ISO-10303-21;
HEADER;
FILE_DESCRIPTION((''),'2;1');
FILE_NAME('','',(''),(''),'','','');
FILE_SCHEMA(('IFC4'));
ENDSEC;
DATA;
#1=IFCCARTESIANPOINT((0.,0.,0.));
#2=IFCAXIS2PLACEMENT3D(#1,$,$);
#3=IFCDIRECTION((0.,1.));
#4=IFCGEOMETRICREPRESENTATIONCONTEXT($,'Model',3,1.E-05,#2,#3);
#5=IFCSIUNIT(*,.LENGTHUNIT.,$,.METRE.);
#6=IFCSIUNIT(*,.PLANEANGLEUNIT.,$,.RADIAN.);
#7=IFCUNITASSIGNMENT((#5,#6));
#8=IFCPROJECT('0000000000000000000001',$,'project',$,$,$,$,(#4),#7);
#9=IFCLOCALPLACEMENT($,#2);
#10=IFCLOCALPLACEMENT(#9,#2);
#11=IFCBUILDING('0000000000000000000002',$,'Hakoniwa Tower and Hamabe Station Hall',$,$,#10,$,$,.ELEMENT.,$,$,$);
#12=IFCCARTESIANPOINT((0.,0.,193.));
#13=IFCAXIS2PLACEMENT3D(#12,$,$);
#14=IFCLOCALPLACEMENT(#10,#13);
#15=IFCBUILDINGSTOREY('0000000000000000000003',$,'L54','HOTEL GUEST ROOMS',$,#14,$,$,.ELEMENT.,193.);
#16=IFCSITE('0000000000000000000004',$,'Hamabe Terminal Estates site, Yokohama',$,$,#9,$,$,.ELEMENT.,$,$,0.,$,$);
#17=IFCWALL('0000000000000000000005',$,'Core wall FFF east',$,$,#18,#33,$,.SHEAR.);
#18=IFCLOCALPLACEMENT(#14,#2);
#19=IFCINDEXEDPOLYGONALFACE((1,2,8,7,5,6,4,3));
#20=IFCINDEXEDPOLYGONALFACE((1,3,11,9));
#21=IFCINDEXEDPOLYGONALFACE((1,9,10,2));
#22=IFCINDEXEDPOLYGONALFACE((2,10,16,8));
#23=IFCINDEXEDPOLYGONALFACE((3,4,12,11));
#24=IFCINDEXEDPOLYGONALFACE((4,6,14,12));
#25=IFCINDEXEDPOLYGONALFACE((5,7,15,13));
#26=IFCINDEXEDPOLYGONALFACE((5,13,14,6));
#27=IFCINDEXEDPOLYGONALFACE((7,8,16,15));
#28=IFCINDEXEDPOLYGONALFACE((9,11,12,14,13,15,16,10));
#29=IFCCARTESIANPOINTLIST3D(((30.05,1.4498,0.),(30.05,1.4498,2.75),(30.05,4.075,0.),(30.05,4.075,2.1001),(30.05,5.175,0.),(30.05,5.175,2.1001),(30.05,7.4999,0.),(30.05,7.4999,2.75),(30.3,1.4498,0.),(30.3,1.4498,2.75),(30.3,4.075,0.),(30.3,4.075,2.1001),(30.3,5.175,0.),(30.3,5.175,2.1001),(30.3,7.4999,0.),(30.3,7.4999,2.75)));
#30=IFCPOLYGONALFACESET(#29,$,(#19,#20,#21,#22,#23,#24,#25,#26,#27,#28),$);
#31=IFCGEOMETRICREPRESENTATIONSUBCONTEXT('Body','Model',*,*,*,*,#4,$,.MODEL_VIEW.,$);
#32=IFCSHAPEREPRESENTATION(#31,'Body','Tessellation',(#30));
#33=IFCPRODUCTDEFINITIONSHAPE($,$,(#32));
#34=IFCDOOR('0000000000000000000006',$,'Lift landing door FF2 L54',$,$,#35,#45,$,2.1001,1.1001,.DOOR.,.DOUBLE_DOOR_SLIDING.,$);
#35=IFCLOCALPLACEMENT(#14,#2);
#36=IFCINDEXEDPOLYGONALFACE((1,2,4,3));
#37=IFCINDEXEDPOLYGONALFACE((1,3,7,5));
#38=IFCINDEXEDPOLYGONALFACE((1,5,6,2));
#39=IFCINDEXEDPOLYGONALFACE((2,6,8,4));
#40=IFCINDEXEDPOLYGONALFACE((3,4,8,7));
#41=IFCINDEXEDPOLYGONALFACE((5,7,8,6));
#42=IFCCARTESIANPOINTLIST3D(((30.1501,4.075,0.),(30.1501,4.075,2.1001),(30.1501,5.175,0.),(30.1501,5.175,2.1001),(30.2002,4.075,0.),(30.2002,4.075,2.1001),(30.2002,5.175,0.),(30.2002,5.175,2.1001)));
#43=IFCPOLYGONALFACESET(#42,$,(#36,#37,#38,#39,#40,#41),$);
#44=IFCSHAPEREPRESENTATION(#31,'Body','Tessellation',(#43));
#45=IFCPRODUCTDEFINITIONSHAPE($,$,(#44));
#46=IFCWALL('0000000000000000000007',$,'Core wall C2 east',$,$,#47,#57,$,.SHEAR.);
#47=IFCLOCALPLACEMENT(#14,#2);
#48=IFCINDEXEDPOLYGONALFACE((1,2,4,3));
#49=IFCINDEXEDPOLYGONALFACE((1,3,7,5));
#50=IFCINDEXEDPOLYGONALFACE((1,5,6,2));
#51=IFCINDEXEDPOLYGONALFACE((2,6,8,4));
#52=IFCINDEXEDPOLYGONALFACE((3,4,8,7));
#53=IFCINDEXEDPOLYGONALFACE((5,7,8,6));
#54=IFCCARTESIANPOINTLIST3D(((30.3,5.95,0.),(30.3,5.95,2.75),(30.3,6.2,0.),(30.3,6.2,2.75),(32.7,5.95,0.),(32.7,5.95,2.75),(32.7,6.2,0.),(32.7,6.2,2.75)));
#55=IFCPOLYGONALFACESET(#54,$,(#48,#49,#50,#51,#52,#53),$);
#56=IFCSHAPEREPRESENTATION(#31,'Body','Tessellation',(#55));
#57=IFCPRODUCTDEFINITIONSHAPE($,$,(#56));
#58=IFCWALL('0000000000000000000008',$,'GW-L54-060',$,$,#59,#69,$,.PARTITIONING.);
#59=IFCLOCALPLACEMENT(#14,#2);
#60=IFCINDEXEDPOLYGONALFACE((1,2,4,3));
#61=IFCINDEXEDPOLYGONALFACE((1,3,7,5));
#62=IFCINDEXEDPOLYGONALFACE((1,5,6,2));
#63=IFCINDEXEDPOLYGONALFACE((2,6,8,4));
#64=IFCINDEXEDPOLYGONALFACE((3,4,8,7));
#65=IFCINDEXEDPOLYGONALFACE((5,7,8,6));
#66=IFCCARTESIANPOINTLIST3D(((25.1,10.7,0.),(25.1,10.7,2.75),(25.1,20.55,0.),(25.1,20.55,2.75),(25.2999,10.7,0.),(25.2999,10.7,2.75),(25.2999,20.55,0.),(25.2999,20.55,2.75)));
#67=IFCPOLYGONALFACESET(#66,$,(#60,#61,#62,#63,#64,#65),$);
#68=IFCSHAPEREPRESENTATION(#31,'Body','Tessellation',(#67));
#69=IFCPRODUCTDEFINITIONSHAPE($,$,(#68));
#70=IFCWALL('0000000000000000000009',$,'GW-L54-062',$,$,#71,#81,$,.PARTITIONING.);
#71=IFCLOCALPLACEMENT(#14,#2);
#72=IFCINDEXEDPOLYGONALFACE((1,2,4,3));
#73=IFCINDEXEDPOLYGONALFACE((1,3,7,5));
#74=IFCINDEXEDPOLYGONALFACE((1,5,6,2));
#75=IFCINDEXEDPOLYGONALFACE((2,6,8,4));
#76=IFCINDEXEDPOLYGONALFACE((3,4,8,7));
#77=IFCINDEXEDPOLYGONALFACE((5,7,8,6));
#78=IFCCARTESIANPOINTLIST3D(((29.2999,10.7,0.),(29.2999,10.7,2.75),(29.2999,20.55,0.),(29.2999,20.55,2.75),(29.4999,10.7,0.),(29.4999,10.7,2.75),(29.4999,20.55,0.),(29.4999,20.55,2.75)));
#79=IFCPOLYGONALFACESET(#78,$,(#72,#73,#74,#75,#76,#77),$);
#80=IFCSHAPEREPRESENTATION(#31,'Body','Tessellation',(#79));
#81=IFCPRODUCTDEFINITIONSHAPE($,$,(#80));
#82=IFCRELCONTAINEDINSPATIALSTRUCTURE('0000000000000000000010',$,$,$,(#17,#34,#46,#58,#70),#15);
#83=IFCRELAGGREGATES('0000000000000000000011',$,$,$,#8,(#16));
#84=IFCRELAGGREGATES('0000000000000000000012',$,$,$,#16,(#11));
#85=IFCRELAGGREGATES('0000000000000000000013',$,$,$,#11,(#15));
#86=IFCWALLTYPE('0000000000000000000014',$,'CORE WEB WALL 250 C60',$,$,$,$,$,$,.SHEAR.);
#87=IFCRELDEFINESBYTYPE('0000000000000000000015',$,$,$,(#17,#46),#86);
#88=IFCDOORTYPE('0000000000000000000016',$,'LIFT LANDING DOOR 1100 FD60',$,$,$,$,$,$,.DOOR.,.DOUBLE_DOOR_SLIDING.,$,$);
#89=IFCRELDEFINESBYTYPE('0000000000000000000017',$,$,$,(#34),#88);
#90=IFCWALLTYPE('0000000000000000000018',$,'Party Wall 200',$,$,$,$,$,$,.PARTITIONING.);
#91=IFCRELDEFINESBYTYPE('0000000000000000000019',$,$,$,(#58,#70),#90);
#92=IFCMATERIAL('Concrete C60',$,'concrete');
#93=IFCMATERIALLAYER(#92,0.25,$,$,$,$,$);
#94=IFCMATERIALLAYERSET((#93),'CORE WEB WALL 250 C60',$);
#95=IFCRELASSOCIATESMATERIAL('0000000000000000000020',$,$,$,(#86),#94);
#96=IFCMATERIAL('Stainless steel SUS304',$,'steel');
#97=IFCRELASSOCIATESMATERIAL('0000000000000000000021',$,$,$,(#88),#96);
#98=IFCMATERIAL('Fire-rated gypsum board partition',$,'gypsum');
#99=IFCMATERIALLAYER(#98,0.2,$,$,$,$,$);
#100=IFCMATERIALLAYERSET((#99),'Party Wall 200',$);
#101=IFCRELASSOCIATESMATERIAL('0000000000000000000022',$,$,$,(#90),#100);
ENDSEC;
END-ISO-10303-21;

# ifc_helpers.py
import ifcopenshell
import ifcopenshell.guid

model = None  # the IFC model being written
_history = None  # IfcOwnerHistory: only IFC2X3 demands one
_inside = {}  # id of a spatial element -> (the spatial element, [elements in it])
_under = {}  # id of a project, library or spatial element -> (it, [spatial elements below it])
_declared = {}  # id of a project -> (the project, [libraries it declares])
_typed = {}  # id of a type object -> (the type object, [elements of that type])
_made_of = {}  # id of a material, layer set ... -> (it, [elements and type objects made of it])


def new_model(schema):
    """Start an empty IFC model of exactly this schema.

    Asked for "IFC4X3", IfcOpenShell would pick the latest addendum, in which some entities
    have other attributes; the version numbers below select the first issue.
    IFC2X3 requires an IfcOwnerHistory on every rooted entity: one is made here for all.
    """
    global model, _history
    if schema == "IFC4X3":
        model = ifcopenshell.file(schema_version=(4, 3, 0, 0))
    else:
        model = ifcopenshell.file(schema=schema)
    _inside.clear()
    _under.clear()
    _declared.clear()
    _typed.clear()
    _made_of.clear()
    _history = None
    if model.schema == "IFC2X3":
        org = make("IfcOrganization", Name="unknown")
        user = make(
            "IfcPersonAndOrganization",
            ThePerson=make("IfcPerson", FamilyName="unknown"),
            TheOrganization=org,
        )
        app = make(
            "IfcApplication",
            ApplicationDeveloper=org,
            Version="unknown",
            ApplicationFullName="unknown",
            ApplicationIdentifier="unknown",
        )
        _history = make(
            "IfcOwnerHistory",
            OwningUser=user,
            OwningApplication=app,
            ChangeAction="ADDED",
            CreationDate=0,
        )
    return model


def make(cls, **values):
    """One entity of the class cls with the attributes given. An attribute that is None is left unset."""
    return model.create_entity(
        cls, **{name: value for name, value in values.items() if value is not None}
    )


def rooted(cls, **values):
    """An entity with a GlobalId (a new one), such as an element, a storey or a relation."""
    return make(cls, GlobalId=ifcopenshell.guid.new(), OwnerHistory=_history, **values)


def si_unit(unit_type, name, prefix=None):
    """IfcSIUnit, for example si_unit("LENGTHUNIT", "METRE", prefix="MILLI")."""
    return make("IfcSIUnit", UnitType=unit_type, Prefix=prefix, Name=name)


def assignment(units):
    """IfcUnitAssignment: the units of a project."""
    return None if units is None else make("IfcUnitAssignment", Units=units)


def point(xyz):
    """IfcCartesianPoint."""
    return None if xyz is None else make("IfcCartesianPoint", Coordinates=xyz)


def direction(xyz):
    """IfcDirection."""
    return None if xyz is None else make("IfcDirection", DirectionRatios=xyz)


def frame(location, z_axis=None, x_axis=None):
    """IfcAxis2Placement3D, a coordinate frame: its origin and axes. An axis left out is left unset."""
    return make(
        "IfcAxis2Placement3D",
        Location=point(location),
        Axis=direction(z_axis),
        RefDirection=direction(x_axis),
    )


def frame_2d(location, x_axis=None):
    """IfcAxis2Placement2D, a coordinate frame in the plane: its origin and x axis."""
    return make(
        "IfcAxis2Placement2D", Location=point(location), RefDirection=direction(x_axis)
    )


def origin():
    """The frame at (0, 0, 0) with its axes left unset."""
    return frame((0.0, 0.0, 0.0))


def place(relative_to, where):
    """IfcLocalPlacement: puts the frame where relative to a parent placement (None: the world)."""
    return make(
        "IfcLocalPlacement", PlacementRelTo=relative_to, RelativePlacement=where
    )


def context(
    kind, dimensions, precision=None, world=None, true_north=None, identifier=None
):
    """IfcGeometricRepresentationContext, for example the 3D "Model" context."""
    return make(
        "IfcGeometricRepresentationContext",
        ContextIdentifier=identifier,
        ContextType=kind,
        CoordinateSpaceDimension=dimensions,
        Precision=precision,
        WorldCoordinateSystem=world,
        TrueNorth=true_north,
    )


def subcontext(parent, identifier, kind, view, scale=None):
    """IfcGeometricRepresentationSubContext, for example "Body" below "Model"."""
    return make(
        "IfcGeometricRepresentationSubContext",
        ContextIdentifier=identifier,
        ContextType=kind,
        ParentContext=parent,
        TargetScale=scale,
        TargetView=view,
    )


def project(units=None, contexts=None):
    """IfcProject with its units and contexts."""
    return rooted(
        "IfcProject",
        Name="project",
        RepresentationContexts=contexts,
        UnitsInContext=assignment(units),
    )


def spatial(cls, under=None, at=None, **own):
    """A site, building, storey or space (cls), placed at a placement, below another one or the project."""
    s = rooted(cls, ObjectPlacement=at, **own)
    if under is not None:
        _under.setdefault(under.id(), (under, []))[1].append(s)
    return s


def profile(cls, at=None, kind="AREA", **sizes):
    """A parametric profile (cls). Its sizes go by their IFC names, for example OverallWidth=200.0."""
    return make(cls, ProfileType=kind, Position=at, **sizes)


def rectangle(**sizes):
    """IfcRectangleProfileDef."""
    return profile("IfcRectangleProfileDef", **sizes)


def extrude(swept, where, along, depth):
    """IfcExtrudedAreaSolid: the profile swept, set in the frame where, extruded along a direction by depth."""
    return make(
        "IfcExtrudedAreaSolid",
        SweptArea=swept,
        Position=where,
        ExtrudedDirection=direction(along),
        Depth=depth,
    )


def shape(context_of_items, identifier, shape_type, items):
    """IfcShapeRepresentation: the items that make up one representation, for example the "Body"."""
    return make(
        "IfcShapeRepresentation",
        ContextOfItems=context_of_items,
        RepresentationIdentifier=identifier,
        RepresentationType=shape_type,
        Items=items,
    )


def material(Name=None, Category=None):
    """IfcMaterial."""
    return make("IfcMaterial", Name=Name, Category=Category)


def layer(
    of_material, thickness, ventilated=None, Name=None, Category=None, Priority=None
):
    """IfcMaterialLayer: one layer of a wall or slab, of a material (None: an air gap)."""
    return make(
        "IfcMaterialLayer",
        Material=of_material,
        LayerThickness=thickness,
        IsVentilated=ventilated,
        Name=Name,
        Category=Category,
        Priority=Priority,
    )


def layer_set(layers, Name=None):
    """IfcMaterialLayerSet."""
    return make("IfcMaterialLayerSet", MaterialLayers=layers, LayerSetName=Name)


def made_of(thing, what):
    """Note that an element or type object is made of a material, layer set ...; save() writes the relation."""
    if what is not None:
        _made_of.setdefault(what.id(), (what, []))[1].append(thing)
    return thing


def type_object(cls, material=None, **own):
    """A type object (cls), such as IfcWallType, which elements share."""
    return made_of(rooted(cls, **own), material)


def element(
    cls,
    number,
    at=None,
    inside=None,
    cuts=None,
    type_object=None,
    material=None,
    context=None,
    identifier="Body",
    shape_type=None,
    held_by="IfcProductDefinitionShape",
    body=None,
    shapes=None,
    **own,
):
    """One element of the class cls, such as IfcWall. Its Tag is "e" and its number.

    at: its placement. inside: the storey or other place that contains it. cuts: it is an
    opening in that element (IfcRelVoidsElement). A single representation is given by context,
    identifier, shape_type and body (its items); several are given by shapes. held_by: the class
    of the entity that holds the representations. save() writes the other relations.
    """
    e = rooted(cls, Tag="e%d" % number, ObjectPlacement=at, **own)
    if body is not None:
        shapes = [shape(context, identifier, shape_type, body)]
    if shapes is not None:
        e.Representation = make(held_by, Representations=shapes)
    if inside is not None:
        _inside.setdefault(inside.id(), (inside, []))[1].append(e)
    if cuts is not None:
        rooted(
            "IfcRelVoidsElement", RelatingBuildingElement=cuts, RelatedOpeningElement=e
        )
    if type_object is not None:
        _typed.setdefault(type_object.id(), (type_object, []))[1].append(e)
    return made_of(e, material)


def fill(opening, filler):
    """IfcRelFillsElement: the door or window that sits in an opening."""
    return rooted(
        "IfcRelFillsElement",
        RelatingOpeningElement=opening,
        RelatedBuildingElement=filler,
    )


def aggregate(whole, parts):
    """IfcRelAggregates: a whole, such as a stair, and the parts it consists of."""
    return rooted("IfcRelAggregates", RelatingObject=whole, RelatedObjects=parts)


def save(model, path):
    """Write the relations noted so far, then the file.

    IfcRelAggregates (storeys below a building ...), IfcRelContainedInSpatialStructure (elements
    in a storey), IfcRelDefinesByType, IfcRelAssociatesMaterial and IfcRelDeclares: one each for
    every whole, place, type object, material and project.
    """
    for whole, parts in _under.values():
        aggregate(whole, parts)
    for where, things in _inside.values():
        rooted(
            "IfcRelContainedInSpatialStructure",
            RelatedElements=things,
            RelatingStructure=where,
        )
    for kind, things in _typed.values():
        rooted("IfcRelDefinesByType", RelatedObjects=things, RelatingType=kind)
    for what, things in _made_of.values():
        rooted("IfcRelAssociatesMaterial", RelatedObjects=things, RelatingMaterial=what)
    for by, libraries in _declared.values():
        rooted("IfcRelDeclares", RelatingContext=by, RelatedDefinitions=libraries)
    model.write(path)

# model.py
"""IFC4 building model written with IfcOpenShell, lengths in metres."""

from ifc_helpers import new_model, si_unit, direction, frame, frame_2d, origin, place, context, subcontext, project, spatial, rectangle, extrude, material, layer, layer_set, type_object, element, fill, save


model = new_model("IFC4")

# Units and contexts
model_context = context("Model", 3, precision=1e-05, world=origin(), true_north=direction((0.0, 1.0)))
body_context = subcontext(model_context, "Body", "Model", "MODEL_VIEW")
ifc_project = project(units=[si_unit("LENGTHUNIT", "METRE"), si_unit("PLANEANGLEUNIT", "RADIAN")], contexts=[model_context])

# Site, building, storey
site_placement = place(None, origin())
site = spatial("IfcSite", under=ifc_project, at=site_placement, Name="Hamabe Terminal Estates site, Yokohama", CompositionType="ELEMENT", RefElevation=0.0)
building_placement = place(site_placement, origin())
building = spatial("IfcBuilding", under=site, at=building_placement, Name="Hakoniwa Tower and Hamabe Station Hall", CompositionType="ELEMENT")
storey_placement = place(building_placement, frame((0.0, 0.0, 193.0)))
storey = spatial("IfcBuildingStorey", under=building, at=storey_placement, Name="L54", Description="HOTEL GUEST ROOMS", CompositionType="ELEMENT", Elevation=193.0)

# Shared definitions
ifc_material_1 = material(Name="Concrete C60", Category="concrete")
ifc_layer_1 = layer(ifc_material_1, 0.25)
ifc_layer_set_1 = layer_set([ifc_layer_1], Name="CORE WEB WALL 250 C60")
wall_type_1 = type_object("IfcWallType", Name="CORE WEB WALL 250 C60", PredefinedType="SHEAR", material=ifc_layer_set_1)

# Wall, opening, door
wall_1_placement = place(storey_placement, frame((30.175, 1.45, 0.0), z_axis=(0.0, 0.0, 1.0), x_axis=(0.0, 1.0, 0.0)))
wall_1 = element("IfcWall", 1, at=wall_1_placement, inside=storey, type_object=wall_type_1, Name="Core wall FFF east", PredefinedType="SHEAR", context=body_context, shape_type="SweptSolid", body=[
    extrude(rectangle(XDim=6.05, YDim=0.25, at=frame_2d((3.0249, 0.0))), origin(), (0.0, 0.0, 1.0), 2.75),
])
opening_1_placement = place(wall_1_placement, frame((2.625, 0.0, 0.0)))
opening_1 = element("IfcOpeningElement", 2, at=opening_1_placement, cuts=wall_1, PredefinedType="OPENING", context=body_context, shape_type="SweptSolid", body=[
    extrude(rectangle(XDim=1.1001, YDim=2.1001, at=frame_2d((0.55, 1.05))), frame((0.0, 0.135, 0.0), z_axis=(0.0, -1.0, 0.0), x_axis=(1.0, 0.0, 0.0)), (0.0, 0.0, 1.0), 0.27),
])
ifc_material_2 = material(Name="Stainless steel SUS304", Category="steel")
door_type_1 = type_object("IfcDoorType", Name="LIFT LANDING DOOR 1100 FD60", OperationType="DOUBLE_DOOR_SLIDING", PredefinedType="DOOR", material=ifc_material_2)
door_1_placement = place(opening_1_placement, origin())
door_1 = element("IfcDoor", 3, at=door_1_placement, inside=storey, type_object=door_type_1, Name="Lift landing door FF2 L54", OperationType="DOUBLE_DOOR_SLIDING", OverallHeight=2.1001, OverallWidth=1.1001, PredefinedType="DOOR", context=body_context, shape_type="SweptSolid", body=[
    extrude(rectangle(XDim=1.1001, YDim=2.1001, at=frame_2d((0.55, 1.05))), frame((0.0, 0.0249, 0.0), z_axis=(0.0, -1.0, 0.0), x_axis=(1.0, 0.0, 0.0)), (0.0, 0.0, 1.0), 0.05),
])
fill(opening_1, door_1)

# Walls
wall_2_placement = place(storey_placement, frame((30.3, 6.075, 0.0), z_axis=(0.0, 0.0, 1.0), x_axis=(1.0, 0.0, 0.0)))
element("IfcWall", 4, at=wall_2_placement, inside=storey, type_object=wall_type_1, Name="Core wall C2 east", PredefinedType="SHEAR", context=body_context, shape_type="SweptSolid", body=[
    extrude(rectangle(XDim=2.3999, YDim=0.25, at=frame_2d((1.2, 0.0))), origin(), (0.0, 0.0, 1.0), 2.75),
])
ifc_material_3 = material(Name="Fire-rated gypsum board partition", Category="gypsum")
ifc_layer_2 = layer(ifc_material_3, 0.2)
ifc_layer_set_2 = layer_set([ifc_layer_2], Name="Party Wall 200")
wall_type_2 = type_object("IfcWallType", Name="Party Wall 200", PredefinedType="PARTITIONING", material=ifc_layer_set_2)
for number, where, z_axis, x_axis, name in (
    (5, (25.2, 10.7, 0.0), (0.0, 0.0, 1.0), (0.0, 1.0, 0.0), "GW-L54-060"),
    (6, (29.3999, 10.7, 0.0), (0.0, 0.0, 1.0), (0.0, 1.0, 0.0), "GW-L54-062"),
):
    element("IfcWall", number, at=place(storey_placement, frame(where, z_axis=z_axis, x_axis=x_axis)), inside=storey, type_object=wall_type_2, Name=name, PredefinedType="PARTITIONING", context=body_context, shape_type="SweptSolid", body=[
        extrude(rectangle(XDim=9.8501, YDim=0.2, at=frame_2d((4.925, 0.0))), origin(), (0.0, 0.0, 1.0), 2.75),
    ])

save(model, "model.ifc")
